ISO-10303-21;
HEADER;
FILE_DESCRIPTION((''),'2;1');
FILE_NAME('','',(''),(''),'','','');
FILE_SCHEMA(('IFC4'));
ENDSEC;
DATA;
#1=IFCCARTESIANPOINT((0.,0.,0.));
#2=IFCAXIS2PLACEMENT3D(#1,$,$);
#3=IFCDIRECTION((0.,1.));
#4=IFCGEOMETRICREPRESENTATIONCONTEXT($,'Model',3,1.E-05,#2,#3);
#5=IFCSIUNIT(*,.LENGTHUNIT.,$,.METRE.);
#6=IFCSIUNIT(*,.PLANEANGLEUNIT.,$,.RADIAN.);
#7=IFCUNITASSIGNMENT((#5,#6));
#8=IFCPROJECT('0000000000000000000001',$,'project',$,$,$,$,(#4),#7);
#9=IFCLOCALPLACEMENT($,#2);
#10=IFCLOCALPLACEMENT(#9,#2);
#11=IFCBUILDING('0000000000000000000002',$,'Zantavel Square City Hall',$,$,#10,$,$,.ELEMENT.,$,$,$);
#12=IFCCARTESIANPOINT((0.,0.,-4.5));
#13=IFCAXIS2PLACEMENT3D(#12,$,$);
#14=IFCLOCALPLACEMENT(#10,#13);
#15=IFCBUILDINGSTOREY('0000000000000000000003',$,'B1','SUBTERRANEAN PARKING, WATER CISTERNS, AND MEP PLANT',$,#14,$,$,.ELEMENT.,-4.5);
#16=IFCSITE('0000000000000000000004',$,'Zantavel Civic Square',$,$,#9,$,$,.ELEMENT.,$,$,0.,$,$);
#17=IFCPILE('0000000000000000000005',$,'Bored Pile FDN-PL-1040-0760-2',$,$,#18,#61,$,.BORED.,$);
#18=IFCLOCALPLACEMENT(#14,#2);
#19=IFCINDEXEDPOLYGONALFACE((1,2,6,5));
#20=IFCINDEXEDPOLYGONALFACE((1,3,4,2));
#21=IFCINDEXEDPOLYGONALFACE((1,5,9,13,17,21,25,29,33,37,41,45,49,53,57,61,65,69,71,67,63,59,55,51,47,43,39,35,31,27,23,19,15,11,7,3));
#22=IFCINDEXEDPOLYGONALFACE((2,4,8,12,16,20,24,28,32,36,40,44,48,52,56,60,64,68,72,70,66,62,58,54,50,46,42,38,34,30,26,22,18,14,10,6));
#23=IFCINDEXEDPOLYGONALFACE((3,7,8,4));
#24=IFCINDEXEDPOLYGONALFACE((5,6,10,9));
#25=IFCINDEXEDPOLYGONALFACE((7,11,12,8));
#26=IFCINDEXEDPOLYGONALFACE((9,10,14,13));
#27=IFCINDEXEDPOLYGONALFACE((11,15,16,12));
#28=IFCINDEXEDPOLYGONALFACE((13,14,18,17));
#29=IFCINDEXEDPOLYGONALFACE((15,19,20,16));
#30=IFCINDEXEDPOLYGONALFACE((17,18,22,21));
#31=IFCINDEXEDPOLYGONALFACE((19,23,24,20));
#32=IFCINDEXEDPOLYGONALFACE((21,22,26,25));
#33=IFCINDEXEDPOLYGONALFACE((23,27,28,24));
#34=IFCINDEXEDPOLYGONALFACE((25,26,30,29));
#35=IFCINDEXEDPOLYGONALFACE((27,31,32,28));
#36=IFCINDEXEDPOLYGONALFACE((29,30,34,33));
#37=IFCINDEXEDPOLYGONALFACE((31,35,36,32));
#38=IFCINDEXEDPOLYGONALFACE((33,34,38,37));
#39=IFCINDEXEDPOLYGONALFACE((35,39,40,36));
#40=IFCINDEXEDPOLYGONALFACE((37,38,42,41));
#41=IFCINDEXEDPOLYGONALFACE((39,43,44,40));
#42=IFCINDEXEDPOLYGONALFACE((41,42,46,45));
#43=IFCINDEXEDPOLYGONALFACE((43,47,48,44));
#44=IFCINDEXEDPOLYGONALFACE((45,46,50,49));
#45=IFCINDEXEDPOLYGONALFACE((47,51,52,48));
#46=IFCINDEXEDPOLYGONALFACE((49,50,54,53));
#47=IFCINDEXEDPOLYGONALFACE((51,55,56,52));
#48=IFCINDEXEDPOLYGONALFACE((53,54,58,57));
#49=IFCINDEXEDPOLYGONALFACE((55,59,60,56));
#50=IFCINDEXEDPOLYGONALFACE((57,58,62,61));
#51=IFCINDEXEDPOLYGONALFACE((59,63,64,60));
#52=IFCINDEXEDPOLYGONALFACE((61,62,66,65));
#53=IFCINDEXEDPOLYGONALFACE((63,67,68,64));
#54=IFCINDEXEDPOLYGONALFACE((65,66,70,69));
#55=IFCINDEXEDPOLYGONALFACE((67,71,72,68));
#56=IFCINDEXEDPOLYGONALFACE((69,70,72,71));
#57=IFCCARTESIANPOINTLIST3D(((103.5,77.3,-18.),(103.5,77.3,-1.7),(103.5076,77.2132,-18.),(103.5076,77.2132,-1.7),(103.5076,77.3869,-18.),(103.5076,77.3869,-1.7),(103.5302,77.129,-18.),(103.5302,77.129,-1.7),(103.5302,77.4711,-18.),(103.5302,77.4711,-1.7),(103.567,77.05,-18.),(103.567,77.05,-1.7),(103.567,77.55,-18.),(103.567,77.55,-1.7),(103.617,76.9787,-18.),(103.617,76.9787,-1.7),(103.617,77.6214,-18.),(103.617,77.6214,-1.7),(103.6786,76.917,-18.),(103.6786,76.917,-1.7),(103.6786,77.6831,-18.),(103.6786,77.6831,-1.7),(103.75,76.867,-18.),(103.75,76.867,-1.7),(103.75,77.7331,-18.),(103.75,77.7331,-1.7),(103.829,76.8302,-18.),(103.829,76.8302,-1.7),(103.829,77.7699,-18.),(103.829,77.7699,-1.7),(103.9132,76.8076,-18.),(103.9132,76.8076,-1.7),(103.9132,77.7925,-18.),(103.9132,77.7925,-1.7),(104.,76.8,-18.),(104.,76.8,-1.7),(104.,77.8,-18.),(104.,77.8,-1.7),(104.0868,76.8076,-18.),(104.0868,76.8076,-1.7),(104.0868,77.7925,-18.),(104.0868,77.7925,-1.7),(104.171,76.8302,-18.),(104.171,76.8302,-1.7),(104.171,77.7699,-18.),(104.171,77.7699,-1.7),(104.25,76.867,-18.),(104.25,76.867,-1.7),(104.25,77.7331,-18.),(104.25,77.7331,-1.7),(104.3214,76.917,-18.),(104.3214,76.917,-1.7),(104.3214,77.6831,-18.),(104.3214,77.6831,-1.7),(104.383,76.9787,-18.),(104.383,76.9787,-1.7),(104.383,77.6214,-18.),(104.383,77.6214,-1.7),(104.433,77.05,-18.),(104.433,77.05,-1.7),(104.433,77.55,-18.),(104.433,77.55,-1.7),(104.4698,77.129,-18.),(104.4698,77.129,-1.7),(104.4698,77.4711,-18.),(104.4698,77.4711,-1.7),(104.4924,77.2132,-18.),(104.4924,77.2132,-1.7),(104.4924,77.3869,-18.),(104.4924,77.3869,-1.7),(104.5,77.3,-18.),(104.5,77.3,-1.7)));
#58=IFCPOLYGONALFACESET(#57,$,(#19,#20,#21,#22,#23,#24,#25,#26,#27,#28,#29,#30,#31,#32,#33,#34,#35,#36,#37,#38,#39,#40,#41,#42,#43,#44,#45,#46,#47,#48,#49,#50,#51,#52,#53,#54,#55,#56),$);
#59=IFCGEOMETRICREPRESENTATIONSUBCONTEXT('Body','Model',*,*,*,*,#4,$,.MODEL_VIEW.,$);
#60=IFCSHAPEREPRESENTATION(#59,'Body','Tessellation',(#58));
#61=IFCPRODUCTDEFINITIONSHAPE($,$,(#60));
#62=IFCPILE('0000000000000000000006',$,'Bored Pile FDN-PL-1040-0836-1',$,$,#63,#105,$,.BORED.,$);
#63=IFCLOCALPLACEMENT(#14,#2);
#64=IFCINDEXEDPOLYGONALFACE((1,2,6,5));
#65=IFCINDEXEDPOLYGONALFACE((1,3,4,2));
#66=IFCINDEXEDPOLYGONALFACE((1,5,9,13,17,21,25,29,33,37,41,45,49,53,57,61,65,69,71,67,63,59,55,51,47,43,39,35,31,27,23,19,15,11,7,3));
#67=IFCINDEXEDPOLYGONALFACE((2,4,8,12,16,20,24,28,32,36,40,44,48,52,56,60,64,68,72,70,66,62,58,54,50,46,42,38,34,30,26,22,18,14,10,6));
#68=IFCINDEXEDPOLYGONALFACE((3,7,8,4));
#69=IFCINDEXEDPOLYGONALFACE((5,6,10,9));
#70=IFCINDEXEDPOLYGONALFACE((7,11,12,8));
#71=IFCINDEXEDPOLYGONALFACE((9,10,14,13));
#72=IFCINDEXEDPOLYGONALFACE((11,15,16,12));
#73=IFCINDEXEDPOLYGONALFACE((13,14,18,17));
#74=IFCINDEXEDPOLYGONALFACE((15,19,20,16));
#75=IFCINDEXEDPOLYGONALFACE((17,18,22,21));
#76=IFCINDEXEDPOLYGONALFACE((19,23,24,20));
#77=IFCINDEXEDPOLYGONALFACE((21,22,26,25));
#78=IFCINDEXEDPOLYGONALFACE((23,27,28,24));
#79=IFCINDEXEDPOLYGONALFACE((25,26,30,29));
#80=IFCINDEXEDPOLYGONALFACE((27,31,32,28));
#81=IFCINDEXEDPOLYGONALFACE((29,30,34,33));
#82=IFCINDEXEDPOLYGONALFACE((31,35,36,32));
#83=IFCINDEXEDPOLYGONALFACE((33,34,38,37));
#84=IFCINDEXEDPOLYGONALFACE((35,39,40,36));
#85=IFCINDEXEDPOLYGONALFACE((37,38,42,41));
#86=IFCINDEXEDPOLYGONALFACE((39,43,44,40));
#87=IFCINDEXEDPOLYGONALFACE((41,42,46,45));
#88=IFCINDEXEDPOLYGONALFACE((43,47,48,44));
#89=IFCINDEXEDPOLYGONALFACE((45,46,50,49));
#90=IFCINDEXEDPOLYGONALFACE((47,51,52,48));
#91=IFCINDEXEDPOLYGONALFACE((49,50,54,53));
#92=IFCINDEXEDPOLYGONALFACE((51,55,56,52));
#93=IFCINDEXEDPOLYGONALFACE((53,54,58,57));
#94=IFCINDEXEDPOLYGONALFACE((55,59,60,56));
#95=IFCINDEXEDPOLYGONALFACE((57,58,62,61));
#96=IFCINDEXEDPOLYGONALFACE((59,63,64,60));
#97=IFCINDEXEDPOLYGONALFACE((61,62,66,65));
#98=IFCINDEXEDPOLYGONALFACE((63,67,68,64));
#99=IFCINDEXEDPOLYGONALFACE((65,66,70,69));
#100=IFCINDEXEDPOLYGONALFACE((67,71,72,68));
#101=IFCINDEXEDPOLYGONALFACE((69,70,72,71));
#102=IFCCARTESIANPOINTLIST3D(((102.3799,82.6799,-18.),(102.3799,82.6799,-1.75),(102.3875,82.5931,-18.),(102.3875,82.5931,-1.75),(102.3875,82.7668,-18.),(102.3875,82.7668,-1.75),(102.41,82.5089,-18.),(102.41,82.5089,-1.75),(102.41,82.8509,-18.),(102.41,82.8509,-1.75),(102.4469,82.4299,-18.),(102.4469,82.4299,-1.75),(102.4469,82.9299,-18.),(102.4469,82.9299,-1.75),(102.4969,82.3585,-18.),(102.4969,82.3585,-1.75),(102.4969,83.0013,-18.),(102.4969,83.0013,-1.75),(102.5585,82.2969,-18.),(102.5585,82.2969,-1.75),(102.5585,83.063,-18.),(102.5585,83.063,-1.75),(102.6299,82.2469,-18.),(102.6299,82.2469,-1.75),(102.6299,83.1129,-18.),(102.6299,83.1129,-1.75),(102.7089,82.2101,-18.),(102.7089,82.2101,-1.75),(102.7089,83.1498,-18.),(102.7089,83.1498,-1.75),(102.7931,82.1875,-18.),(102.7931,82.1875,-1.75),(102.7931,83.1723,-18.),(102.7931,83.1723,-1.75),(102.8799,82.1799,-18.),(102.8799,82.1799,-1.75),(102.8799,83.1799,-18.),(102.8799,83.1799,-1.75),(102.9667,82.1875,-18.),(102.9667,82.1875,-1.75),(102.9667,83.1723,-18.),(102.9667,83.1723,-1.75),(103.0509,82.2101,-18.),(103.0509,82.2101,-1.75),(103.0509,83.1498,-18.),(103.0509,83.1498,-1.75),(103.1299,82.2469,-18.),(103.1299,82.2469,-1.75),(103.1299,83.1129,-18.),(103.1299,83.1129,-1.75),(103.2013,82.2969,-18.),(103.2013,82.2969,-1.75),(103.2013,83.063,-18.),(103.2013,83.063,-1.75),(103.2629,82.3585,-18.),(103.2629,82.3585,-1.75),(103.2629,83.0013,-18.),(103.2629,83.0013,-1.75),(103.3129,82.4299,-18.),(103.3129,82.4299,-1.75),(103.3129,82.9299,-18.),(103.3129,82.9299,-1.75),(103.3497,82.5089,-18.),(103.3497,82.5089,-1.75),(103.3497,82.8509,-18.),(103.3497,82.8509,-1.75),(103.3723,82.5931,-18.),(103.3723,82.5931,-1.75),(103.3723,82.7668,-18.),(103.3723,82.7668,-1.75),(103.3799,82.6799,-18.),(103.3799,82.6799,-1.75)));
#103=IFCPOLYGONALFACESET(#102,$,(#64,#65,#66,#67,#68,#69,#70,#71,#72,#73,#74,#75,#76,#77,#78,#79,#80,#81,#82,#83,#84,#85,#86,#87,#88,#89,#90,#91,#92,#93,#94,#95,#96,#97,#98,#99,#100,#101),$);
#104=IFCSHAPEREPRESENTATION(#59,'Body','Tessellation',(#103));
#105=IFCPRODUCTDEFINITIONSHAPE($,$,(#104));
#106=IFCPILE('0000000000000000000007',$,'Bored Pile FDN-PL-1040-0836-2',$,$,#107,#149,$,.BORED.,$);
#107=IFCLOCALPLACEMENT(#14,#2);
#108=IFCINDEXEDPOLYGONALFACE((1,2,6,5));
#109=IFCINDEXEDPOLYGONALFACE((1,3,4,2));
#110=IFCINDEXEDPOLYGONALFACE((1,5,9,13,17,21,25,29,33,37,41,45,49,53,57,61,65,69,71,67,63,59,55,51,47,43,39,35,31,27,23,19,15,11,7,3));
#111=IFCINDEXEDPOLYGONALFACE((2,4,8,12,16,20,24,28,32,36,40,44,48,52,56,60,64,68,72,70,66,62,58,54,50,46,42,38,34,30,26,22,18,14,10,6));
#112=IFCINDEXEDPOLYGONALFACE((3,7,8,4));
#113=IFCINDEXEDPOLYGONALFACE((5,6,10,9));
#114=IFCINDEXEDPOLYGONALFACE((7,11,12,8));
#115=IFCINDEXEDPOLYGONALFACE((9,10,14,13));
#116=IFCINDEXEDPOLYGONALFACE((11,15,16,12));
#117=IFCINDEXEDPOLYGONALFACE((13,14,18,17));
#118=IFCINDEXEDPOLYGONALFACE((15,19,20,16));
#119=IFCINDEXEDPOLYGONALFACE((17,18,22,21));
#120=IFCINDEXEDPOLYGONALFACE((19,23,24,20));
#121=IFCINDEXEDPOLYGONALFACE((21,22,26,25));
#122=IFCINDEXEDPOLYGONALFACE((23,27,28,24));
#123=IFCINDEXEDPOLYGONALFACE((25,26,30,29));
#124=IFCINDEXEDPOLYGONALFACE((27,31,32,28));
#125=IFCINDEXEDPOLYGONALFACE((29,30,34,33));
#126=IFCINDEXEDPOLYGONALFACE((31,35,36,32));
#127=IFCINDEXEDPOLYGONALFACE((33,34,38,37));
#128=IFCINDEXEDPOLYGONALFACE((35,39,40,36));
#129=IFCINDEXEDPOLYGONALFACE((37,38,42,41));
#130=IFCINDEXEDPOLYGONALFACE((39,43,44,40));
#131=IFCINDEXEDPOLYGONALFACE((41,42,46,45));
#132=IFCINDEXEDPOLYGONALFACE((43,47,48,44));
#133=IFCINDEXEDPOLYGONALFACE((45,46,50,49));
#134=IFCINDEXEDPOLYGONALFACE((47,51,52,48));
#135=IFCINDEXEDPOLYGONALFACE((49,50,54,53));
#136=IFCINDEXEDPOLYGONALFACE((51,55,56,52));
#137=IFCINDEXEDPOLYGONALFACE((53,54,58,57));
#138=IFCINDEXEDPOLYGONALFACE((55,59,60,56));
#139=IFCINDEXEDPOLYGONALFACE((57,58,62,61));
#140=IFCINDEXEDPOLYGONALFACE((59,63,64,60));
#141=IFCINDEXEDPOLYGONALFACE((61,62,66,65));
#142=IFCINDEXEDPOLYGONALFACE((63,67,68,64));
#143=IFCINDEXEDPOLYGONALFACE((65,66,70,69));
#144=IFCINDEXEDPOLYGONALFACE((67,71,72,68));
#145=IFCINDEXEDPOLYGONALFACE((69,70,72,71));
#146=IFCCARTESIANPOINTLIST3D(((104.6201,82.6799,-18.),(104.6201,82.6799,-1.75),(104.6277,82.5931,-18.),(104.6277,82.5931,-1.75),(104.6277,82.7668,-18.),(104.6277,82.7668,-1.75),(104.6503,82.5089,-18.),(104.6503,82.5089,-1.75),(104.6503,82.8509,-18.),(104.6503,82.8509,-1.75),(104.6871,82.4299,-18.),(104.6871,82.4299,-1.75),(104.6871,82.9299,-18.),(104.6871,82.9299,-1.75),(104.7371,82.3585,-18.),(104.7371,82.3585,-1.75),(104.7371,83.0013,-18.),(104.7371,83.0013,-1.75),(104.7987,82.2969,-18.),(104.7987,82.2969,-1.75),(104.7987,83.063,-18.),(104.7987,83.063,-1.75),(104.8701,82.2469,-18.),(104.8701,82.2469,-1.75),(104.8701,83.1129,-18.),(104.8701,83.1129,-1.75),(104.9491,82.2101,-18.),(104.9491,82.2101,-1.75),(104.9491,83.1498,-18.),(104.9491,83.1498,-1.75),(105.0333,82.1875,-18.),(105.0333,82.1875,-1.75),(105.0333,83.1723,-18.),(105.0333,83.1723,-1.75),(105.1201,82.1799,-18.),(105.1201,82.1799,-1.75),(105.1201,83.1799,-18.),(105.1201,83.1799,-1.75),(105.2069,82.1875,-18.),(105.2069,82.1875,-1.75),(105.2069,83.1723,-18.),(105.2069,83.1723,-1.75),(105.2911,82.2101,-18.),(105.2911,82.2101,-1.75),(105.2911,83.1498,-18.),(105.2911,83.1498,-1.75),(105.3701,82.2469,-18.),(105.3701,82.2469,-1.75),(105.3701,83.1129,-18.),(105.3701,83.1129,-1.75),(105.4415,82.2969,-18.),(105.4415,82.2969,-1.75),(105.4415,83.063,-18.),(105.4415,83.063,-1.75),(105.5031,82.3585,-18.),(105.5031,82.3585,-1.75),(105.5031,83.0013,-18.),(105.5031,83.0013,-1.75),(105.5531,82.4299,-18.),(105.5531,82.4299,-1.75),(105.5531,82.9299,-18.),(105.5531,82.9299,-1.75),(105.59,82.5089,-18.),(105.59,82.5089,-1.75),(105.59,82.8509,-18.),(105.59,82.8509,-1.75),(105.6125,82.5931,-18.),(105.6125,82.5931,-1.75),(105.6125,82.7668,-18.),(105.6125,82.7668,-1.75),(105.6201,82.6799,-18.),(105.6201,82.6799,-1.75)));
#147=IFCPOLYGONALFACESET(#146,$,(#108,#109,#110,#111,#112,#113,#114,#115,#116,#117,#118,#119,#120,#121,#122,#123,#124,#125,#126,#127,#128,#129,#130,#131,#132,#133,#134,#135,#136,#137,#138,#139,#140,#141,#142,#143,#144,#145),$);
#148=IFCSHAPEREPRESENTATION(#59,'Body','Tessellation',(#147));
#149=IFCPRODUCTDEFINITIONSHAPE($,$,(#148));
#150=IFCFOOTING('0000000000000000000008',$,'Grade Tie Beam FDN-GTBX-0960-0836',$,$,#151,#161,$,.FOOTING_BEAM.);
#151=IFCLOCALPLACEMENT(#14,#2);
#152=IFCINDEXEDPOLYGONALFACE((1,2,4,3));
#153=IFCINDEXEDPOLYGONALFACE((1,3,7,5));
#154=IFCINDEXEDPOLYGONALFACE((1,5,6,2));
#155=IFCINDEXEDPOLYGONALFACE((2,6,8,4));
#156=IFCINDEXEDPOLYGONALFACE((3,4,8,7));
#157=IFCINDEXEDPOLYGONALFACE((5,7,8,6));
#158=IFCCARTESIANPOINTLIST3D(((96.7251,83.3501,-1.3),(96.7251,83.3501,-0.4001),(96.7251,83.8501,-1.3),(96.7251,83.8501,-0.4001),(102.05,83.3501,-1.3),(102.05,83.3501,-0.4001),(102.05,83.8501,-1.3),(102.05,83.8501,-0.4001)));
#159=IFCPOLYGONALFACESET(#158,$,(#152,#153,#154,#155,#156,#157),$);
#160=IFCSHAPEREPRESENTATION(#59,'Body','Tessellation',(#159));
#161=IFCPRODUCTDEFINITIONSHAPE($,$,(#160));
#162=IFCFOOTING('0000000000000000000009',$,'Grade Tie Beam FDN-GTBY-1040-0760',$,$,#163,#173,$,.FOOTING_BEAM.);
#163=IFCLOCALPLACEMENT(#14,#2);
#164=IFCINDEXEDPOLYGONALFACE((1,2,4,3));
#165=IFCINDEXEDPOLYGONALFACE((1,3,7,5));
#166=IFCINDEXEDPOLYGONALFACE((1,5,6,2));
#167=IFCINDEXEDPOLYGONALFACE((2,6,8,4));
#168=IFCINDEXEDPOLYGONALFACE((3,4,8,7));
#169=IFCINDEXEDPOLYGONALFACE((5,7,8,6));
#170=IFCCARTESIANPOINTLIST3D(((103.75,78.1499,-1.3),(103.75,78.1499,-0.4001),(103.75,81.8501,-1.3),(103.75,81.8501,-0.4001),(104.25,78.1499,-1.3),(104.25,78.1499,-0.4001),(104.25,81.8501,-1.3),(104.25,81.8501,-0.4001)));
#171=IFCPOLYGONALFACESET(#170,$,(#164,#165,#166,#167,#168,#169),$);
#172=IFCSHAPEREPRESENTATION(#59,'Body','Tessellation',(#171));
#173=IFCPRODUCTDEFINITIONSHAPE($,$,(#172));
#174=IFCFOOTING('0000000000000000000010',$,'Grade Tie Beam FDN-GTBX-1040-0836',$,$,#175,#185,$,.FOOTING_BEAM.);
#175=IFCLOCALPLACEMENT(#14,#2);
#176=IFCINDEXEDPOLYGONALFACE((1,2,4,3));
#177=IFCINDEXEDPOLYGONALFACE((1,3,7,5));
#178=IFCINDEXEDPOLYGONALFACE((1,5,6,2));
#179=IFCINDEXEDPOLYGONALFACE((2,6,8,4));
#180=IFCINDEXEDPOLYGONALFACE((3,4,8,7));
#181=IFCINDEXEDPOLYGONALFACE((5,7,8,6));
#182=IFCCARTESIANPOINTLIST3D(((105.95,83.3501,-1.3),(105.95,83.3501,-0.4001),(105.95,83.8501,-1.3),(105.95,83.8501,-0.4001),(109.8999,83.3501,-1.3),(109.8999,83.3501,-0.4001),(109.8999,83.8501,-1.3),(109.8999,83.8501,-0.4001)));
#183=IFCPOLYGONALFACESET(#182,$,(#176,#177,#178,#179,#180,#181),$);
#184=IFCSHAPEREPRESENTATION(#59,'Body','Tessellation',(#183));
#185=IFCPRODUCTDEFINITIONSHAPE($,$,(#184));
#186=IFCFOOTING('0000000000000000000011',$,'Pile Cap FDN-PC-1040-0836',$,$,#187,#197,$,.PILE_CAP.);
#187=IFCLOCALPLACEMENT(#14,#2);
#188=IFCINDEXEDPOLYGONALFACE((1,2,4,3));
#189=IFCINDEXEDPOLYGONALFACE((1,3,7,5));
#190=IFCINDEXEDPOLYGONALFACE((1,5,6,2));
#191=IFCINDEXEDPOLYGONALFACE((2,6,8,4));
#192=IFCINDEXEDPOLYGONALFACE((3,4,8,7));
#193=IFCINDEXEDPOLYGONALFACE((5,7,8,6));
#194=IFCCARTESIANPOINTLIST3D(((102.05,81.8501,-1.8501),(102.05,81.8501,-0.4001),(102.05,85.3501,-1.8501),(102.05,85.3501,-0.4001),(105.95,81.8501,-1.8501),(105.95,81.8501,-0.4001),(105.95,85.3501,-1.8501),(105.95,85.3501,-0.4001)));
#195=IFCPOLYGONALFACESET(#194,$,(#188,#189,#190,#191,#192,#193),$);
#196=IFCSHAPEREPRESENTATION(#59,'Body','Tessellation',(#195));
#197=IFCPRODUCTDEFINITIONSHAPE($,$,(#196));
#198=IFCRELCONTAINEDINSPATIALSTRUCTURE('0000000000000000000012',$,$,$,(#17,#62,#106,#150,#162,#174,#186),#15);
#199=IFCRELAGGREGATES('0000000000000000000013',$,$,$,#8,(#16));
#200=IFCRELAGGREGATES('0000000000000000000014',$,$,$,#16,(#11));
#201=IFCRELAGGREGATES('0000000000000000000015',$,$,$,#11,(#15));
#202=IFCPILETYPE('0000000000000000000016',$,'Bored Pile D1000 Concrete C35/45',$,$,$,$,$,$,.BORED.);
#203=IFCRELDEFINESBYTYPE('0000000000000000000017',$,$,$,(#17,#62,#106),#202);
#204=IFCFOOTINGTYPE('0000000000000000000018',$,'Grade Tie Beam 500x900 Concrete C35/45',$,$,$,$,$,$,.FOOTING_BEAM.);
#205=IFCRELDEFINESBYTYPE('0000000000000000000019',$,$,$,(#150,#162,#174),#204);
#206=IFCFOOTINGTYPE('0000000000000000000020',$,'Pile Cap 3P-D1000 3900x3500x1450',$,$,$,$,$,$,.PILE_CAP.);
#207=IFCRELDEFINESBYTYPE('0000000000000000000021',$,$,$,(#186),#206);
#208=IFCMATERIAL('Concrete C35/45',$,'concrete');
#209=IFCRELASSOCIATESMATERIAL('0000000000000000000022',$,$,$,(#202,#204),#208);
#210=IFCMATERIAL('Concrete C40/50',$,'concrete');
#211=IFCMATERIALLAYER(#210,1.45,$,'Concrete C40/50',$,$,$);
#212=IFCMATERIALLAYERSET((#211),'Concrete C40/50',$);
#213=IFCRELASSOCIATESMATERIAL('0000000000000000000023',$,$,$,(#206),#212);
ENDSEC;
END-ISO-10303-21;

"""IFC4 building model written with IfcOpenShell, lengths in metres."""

from ifc_helpers import new_model, si_unit, direction, frame, origin, origin_2d, place, context, subcontext, project, spatial, rectangle, circle, extrude, material, layer, layer_set, material_profile, profile_set, type_object, element, save


model = new_model("IFC4")

# Units and contexts
model_context = context("Model", 3, precision=1e-05, world=origin(), true_north=direction((0.0, 1.0)))
body_context = subcontext(model_context, "Body", "Model", "MODEL_VIEW")
ifc_project = project(units=[si_unit("LENGTHUNIT", "METRE"), si_unit("PLANEANGLEUNIT", "RADIAN")], contexts=[model_context])

# Site, building, storey
site_placement = place(None, origin())
site = spatial("IfcSite", under=ifc_project, at=site_placement, Name="Zantavel Civic Square", CompositionType="ELEMENT", RefElevation=0.0)
building_placement = place(site_placement, origin())
building = spatial("IfcBuilding", under=site, at=building_placement, Name="Zantavel Square City Hall", CompositionType="ELEMENT")
storey_placement = place(building_placement, frame((0.0, 0.0, -4.5)))
storey = spatial("IfcBuildingStorey", under=building, at=storey_placement, Name="B1", Description="SUBTERRANEAN PARKING, WATER CISTERNS, AND MEP PLANT", CompositionType="ELEMENT", Elevation=-4.5)

# Piles
ifc_material_1 = material(Name="Concrete C35/45", Category="concrete")
ifc_material_profile_1 = material_profile(ifc_material_1, circle(Radius=0.5, at=origin_2d()), Name="PILE D1000")
ifc_profile_set_1 = profile_set([ifc_material_profile_1], Name="Concrete C35/45")
pile_type = type_object("IfcPileType", Name="Bored Pile D1000 Concrete C35/45", PredefinedType="BORED", material=ifc_profile_set_1)
pile_placement = place(storey_placement, frame((104.0, 77.3, -1.7), z_axis=(0.0, 0.0, -1.0), x_axis=(1.0, 0.0, 0.0)))
element("IfcPile", 1, at=pile_placement, inside=storey, type_object=pile_type, Name="Bored Pile FDN-PL-1040-0760-2", PredefinedType="BORED", context=body_context, shape_type="SweptSolid", body=[
    extrude(circle(Radius=0.5, at=origin_2d()), origin(), (0.0, 0.0, 1.0), 16.3),
])
for number, where, z_axis, x_axis, name in (
    (2, (102.8799, 82.6799, -1.75), (0.0, 0.0, -1.0), (1.0, 0.0, 0.0), "Bored Pile FDN-PL-1040-0836-1"),
    (3, (105.1201, 82.6799, -1.75), (0.0, 0.0, -1.0), (1.0, 0.0, 0.0), "Bored Pile FDN-PL-1040-0836-2"),
):
    element("IfcPile", number, at=place(storey_placement, frame(where, z_axis=z_axis, x_axis=x_axis)), inside=storey, type_object=pile_type, Name=name, PredefinedType="BORED", context=body_context, shape_type="SweptSolid", body=[
        extrude(circle(Radius=0.5, at=origin_2d()), origin(), (0.0, 0.0, 1.0), 16.25),
    ])

# Footings
ifc_material_profile_2 = material_profile(ifc_material_1, rectangle(XDim=0.5, YDim=0.8999, at=origin_2d()), Name="RC 500x900")
ifc_profile_set_2 = profile_set([ifc_material_profile_2], Name="Concrete C35/45")
footing_type_1 = type_object("IfcFootingType", Name="Grade Tie Beam 500x900 Concrete C35/45", PredefinedType="FOOTING_BEAM", material=ifc_profile_set_2)
footing_1_placement = place(storey_placement, frame((96.7251, 83.6001, -0.8501), z_axis=(1.0, 0.0, 0.0), x_axis=(0.0, 1.0, 0.0)))
element("IfcFooting", 4, at=footing_1_placement, inside=storey, type_object=footing_type_1, Name="Grade Tie Beam FDN-GTBX-0960-0836", PredefinedType="FOOTING_BEAM", context=body_context, shape_type="SweptSolid", body=[
    extrude(rectangle(XDim=0.5, YDim=0.8999, at=origin_2d()), origin(), (0.0, 0.0, 1.0), 5.325),
])
footing_2_placement = place(storey_placement, frame((104.0, 78.1499, -0.8501), z_axis=(0.0, 1.0, 0.0), x_axis=(-1.0, 0.0, 0.0)))
element("IfcFooting", 5, at=footing_2_placement, inside=storey, type_object=footing_type_1, Name="Grade Tie Beam FDN-GTBY-1040-0760", PredefinedType="FOOTING_BEAM", context=body_context, shape_type="SweptSolid", body=[
    extrude(rectangle(XDim=0.5, YDim=0.8999, at=origin_2d()), origin(), (0.0, 0.0, 1.0), 3.7002),
])
footing_3_placement = place(storey_placement, frame((105.95, 83.6001, -0.8501), z_axis=(1.0, 0.0, 0.0), x_axis=(0.0, 1.0, 0.0)))
element("IfcFooting", 6, at=footing_3_placement, inside=storey, type_object=footing_type_1, Name="Grade Tie Beam FDN-GTBX-1040-0836", PredefinedType="FOOTING_BEAM", context=body_context, shape_type="SweptSolid", body=[
    extrude(rectangle(XDim=0.5, YDim=0.8999, at=origin_2d()), origin(), (0.0, 0.0, 1.0), 3.95),
])
ifc_material_2 = material(Name="Concrete C40/50", Category="concrete")
ifc_layer_1 = layer(ifc_material_2, 1.45, Name="Concrete C40/50")
ifc_layer_set_1 = layer_set([ifc_layer_1], Name="Concrete C40/50")
footing_type_2 = type_object("IfcFootingType", Name="Pile Cap 3P-D1000 3900x3500x1450", PredefinedType="PILE_CAP", material=ifc_layer_set_1)
footing_4_placement = place(storey_placement, frame((104.0, 83.6001, -1.8501), z_axis=(0.0, 0.0, 1.0), x_axis=(1.0, 0.0, 0.0)))
element("IfcFooting", 7, at=footing_4_placement, inside=storey, type_object=footing_type_2, Name="Pile Cap FDN-PC-1040-0836", PredefinedType="PILE_CAP", context=body_context, shape_type="SweptSolid", body=[
    extrude(rectangle(XDim=3.8999, YDim=3.5, at=origin_2d()), origin(), (0.0, 0.0, 1.0), 1.45),
])

save(model, "model.ifc")
